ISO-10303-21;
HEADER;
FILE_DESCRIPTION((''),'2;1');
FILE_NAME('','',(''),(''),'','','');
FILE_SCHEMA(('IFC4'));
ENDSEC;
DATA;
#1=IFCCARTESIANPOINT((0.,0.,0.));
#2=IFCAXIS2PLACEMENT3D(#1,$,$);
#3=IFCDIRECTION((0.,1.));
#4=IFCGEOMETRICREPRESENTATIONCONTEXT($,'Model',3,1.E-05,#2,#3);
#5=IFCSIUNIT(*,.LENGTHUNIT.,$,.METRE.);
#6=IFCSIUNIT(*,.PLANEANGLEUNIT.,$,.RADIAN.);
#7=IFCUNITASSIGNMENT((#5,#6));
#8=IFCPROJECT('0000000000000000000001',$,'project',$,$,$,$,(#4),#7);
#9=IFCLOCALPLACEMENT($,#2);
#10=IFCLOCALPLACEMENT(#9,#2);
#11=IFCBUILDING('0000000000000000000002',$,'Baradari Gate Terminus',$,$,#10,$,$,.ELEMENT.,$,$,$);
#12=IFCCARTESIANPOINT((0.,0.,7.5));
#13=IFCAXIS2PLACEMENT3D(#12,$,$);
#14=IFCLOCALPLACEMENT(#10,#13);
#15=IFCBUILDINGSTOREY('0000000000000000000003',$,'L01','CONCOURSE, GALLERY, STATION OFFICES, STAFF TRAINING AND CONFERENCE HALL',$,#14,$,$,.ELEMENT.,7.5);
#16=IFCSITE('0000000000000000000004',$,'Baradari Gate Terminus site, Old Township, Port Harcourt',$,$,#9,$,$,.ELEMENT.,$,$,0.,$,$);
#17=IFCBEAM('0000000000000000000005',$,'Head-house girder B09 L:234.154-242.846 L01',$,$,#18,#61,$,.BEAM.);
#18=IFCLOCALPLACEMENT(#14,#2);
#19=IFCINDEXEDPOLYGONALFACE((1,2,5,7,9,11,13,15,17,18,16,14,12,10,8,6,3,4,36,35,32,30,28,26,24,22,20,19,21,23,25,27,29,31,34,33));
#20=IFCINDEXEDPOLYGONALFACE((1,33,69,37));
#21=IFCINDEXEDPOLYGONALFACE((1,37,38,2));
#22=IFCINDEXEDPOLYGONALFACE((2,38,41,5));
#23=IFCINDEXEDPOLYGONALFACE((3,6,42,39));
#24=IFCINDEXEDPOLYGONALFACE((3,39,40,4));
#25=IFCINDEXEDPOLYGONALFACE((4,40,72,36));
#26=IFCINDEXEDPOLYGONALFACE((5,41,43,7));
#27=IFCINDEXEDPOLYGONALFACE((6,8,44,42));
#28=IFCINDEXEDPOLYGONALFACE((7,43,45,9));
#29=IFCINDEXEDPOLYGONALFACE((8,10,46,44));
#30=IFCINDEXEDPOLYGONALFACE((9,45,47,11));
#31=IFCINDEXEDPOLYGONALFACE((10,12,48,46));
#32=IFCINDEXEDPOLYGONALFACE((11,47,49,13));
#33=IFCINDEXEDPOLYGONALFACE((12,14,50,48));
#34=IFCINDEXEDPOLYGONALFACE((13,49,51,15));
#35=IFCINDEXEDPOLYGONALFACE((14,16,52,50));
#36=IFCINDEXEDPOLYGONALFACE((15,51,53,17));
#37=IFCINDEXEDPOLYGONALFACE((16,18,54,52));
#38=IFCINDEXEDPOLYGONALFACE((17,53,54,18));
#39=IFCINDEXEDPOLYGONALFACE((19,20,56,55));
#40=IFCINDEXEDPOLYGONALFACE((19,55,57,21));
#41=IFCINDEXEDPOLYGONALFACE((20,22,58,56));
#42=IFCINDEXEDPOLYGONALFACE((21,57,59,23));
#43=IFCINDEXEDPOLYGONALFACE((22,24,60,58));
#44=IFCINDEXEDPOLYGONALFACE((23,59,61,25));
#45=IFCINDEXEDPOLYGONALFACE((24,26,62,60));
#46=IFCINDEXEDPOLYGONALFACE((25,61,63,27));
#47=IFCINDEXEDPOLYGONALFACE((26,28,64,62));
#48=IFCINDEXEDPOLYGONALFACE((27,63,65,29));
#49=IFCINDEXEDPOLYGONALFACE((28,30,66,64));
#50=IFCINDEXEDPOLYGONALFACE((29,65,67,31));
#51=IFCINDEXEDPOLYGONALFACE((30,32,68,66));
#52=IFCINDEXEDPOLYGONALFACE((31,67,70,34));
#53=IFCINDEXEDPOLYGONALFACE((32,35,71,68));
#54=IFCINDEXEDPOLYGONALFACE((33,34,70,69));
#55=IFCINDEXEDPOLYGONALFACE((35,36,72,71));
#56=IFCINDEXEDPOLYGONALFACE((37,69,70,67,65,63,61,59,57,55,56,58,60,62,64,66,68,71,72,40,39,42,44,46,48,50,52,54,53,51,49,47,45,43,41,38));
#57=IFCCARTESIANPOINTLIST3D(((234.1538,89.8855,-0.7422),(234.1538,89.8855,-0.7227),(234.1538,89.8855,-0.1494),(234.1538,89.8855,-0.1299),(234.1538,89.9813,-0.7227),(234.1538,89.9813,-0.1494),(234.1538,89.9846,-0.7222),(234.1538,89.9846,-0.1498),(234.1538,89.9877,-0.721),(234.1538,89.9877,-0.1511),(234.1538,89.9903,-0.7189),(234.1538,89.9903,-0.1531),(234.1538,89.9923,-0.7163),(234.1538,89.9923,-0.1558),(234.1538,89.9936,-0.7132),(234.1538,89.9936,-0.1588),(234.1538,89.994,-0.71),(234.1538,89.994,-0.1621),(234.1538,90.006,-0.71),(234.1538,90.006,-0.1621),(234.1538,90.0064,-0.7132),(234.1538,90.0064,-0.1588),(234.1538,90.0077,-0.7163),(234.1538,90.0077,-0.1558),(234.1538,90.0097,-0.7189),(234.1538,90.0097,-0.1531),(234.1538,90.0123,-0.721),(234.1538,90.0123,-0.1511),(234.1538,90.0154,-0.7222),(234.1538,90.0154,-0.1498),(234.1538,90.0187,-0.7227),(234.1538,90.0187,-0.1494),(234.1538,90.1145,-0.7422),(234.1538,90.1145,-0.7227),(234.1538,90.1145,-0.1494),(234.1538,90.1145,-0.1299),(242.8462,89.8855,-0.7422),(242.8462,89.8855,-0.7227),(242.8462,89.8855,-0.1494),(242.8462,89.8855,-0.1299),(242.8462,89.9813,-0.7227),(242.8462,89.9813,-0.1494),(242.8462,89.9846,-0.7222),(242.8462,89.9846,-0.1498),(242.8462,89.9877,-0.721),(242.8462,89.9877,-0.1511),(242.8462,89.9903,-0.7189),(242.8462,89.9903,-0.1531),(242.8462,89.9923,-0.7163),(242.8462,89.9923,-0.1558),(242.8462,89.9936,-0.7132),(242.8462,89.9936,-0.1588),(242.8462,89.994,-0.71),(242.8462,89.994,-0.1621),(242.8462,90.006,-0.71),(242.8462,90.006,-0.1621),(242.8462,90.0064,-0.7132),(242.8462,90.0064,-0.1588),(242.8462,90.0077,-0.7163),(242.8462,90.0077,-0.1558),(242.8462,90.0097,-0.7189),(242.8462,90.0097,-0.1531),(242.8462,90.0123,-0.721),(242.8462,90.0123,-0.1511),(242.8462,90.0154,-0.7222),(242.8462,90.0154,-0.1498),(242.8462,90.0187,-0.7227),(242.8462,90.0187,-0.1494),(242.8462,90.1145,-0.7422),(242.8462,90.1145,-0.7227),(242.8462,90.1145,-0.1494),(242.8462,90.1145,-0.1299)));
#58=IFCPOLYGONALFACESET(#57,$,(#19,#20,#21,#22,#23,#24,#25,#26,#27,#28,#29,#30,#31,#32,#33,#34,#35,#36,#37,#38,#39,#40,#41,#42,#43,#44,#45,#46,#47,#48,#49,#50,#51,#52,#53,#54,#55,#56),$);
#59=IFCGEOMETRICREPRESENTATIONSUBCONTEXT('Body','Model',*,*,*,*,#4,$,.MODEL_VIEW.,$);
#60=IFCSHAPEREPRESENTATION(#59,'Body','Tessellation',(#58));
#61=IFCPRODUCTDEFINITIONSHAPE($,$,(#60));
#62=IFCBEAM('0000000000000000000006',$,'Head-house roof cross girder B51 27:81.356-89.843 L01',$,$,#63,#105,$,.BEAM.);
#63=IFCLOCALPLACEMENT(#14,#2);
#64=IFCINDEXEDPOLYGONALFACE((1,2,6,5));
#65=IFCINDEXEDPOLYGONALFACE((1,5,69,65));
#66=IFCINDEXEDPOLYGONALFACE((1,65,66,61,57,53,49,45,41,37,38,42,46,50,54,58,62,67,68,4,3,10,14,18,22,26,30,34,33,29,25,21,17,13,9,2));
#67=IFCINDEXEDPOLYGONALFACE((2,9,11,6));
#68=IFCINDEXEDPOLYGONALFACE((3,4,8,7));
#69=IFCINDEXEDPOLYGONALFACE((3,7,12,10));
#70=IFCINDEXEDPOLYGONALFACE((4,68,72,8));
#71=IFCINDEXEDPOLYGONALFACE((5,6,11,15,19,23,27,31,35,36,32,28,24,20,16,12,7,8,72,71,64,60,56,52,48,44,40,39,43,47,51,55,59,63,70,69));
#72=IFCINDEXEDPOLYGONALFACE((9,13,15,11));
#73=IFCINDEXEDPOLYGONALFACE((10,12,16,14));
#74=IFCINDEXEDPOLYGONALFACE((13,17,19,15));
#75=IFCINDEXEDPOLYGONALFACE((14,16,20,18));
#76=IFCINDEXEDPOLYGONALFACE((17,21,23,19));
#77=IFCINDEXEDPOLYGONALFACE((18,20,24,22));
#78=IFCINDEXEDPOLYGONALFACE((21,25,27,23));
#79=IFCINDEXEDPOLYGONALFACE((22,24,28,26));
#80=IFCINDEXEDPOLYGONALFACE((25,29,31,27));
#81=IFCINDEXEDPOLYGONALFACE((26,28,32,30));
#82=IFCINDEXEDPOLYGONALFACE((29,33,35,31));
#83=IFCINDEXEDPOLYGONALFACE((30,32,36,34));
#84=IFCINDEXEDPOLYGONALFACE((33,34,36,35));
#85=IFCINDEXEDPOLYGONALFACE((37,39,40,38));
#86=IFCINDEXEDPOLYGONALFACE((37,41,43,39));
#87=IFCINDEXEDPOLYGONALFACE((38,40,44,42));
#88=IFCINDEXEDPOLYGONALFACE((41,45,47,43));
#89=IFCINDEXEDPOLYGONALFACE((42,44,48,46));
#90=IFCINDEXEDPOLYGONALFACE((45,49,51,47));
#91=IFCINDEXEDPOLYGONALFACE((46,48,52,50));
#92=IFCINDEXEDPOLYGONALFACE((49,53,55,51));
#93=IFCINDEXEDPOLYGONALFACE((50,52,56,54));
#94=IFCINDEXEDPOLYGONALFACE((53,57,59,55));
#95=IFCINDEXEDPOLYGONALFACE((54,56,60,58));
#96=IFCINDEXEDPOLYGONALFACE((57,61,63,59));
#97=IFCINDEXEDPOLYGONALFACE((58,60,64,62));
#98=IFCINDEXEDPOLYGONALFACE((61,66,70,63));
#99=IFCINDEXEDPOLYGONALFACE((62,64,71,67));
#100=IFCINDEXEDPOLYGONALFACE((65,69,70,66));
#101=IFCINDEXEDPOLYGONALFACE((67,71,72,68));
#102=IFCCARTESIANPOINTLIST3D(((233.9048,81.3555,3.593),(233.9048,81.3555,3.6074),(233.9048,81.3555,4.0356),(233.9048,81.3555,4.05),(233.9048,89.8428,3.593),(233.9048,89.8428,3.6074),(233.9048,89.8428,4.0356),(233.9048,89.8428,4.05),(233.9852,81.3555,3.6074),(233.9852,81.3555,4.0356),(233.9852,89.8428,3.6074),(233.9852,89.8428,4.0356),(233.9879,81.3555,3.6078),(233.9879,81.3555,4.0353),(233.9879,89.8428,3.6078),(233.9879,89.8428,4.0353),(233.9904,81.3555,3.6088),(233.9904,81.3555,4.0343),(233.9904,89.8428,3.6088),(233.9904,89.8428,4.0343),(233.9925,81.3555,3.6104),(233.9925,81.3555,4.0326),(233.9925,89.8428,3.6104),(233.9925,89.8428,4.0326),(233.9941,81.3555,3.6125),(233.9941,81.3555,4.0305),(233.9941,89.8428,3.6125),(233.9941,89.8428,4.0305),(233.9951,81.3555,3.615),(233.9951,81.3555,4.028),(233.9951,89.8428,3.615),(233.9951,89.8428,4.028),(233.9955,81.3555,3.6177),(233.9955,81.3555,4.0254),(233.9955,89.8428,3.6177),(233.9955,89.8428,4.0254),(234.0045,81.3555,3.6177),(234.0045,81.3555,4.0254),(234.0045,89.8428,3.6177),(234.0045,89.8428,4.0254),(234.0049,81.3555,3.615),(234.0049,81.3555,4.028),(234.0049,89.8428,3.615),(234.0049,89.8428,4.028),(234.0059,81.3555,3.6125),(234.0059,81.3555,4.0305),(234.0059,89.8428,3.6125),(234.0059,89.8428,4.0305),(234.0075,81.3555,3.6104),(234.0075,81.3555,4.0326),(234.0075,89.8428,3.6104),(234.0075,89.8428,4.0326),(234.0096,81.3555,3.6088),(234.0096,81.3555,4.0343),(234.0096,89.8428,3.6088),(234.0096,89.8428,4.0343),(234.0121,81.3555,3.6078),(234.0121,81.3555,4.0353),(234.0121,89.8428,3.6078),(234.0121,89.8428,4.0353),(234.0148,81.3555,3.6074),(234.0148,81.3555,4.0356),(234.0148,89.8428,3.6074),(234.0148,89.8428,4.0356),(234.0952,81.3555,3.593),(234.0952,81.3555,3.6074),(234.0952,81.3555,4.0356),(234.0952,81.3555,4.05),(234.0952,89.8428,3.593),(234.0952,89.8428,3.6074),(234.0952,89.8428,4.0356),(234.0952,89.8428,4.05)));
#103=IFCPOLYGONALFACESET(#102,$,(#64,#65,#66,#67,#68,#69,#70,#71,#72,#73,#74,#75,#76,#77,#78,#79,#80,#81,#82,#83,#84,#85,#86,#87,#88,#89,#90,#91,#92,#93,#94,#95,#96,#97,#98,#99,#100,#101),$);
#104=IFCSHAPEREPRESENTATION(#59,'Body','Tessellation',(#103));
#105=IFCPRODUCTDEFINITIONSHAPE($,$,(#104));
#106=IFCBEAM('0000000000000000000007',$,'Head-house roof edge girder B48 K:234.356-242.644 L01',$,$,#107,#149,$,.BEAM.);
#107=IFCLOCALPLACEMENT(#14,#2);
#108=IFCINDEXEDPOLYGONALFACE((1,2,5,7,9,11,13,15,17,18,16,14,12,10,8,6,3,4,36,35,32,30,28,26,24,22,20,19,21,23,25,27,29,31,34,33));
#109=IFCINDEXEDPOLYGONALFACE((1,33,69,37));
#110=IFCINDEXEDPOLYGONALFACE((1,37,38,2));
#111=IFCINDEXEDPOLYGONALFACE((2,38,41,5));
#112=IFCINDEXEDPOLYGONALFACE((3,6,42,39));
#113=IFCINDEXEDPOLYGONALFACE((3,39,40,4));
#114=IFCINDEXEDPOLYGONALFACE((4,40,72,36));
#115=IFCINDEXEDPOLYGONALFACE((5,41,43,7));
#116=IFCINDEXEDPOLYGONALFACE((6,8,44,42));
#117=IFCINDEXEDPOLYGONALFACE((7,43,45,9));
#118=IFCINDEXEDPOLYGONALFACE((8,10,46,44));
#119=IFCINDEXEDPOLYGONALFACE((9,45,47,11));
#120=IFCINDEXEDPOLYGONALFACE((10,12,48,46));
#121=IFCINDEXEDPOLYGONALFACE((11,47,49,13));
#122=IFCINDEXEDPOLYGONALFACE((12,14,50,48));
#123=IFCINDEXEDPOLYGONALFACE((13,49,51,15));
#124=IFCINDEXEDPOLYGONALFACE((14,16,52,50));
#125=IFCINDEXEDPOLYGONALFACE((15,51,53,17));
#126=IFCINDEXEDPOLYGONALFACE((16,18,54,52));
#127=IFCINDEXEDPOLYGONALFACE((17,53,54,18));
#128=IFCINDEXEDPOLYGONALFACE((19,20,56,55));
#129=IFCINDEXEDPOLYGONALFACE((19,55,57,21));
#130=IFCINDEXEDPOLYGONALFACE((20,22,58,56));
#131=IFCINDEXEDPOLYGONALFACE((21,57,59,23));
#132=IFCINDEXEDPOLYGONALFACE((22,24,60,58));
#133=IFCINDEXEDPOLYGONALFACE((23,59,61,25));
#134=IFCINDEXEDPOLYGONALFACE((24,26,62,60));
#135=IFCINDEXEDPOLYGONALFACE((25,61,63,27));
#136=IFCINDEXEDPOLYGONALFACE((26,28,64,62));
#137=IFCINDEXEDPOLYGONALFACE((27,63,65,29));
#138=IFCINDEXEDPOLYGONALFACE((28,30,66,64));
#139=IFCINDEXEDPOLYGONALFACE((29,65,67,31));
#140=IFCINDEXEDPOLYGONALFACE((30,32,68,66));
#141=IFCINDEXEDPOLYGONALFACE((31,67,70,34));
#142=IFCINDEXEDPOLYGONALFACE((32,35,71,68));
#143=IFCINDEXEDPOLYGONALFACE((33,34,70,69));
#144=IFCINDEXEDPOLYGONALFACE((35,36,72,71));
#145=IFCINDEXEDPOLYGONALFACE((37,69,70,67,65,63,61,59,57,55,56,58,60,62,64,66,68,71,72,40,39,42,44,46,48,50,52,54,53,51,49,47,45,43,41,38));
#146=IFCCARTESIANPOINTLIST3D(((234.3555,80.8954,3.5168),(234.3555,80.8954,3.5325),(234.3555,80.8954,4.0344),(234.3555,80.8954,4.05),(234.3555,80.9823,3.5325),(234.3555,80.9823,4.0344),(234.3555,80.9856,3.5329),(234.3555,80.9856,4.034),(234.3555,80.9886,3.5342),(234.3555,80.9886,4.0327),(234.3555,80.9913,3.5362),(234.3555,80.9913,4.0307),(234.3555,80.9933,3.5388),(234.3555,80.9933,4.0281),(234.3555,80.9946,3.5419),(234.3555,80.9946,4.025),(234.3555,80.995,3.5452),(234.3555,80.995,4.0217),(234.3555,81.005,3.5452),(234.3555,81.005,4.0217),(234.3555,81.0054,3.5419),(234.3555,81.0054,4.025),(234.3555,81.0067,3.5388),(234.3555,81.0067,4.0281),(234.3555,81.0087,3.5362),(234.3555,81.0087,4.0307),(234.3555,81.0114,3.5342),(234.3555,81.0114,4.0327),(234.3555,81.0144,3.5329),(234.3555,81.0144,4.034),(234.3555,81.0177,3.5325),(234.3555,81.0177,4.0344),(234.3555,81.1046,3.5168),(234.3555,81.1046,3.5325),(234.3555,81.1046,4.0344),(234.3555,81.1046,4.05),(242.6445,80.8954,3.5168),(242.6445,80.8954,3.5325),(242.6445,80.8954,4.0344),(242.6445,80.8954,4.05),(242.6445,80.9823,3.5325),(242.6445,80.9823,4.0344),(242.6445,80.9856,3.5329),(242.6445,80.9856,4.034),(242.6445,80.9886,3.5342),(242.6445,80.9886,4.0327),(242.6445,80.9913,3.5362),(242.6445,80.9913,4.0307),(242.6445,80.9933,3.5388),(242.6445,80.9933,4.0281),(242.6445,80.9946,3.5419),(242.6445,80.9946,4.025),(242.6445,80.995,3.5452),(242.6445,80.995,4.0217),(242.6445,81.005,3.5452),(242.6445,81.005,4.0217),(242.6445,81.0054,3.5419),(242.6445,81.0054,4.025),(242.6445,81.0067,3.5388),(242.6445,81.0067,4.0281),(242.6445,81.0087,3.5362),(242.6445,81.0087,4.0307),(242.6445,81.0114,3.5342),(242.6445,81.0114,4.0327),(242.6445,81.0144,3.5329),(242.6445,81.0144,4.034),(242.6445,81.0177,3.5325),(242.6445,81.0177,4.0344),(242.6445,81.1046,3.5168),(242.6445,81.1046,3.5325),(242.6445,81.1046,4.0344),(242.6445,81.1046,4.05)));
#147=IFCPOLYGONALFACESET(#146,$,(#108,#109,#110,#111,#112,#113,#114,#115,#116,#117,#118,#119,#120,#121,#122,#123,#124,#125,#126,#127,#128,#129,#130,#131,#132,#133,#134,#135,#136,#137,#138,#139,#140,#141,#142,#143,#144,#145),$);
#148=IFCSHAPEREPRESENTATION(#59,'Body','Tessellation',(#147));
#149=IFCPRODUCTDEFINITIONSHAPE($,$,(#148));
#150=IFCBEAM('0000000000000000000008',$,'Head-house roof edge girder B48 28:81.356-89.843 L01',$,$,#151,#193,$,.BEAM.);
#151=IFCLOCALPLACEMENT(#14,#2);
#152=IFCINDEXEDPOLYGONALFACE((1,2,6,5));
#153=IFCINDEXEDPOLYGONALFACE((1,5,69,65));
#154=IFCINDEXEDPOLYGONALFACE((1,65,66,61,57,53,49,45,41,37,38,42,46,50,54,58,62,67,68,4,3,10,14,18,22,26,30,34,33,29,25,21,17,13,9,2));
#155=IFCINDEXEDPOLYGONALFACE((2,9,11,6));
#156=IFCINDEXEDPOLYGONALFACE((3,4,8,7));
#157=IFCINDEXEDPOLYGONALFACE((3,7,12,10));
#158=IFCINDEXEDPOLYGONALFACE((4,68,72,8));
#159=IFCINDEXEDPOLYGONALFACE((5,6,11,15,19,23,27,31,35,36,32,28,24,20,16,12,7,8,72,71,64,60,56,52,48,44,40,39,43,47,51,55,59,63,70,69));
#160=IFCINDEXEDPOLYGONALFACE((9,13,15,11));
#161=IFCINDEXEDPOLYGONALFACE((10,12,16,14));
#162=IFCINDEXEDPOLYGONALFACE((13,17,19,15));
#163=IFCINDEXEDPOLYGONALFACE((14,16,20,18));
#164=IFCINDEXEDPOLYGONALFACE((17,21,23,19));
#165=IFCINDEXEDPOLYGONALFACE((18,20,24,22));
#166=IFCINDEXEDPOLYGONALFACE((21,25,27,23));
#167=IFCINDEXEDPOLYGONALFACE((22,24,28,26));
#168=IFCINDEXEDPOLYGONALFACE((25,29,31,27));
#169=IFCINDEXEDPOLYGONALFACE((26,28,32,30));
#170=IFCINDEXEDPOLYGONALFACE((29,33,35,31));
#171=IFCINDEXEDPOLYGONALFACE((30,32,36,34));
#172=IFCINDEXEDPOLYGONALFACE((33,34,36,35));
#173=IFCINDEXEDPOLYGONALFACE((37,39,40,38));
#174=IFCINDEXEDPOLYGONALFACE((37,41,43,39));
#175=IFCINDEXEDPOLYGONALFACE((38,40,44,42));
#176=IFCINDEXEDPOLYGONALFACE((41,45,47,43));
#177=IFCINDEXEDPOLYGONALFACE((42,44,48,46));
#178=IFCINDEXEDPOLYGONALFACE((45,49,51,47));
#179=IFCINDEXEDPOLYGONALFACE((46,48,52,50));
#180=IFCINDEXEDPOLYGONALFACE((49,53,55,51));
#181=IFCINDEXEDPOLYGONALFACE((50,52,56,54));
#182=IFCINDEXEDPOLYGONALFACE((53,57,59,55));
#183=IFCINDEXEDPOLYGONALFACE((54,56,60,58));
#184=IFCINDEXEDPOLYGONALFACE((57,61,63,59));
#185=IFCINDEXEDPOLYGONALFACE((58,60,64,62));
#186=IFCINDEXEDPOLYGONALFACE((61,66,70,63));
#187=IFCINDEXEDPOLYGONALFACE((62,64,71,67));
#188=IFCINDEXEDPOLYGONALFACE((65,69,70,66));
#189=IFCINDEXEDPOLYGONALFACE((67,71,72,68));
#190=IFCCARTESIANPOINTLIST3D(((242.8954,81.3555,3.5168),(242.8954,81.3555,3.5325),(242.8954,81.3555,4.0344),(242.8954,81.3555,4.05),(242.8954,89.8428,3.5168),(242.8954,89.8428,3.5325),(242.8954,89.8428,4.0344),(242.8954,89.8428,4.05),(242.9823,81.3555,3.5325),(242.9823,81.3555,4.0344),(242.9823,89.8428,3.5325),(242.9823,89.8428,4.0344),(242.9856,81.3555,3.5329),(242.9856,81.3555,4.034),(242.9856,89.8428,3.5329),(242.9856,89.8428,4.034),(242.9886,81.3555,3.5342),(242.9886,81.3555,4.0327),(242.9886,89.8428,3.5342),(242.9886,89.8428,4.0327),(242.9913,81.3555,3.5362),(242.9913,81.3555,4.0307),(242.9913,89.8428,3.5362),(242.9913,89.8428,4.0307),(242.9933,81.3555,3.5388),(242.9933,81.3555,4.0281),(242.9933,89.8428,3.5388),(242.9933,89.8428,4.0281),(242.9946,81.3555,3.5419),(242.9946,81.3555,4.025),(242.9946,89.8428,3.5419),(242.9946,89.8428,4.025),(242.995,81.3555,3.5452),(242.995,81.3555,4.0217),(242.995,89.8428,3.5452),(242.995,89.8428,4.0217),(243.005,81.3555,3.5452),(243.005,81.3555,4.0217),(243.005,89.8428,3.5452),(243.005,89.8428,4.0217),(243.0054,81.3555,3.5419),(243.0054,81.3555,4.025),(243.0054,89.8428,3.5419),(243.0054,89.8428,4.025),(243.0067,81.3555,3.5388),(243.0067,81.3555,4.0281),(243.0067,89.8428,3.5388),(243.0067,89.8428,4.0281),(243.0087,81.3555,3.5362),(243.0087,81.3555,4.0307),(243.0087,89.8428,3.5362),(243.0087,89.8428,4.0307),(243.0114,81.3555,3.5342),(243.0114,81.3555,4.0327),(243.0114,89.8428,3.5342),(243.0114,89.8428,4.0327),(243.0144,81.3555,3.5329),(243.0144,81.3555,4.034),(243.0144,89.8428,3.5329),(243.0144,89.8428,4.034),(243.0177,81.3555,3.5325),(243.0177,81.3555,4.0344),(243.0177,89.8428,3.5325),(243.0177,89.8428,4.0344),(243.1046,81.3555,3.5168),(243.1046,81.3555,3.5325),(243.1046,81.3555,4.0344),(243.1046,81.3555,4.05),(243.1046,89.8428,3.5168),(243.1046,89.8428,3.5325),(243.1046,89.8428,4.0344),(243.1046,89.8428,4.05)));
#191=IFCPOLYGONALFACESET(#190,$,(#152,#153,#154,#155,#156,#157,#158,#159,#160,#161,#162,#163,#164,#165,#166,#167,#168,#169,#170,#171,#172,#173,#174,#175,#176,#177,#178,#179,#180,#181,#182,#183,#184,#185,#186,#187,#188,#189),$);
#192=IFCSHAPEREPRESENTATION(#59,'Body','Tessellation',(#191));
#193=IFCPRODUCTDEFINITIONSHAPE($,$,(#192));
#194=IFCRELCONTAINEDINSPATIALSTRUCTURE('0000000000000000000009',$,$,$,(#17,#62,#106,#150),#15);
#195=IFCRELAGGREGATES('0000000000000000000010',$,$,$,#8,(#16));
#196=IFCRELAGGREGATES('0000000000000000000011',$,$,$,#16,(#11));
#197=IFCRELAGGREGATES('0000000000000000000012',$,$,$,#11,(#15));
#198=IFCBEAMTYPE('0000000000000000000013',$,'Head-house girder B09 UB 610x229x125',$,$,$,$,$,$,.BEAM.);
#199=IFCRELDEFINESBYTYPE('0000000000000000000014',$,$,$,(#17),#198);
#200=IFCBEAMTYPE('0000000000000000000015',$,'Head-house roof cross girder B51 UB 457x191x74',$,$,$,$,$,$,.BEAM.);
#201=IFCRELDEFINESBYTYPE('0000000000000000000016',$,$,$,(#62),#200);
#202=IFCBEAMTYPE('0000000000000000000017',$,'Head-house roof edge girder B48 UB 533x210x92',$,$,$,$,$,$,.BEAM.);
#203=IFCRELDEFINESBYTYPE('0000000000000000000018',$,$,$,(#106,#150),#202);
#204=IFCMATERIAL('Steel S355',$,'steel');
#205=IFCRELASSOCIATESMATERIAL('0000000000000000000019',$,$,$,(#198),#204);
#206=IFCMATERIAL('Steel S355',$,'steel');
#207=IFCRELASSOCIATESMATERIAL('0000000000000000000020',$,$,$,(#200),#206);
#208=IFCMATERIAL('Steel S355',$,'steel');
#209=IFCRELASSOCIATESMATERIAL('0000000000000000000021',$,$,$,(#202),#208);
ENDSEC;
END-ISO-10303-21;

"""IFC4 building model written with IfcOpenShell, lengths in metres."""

from ifc_helpers import new_model, si_unit, direction, frame, origin, origin_2d, place, context, subcontext, project, spatial, i_section, extrude, material, material_profile, profile_set, type_object, element, save


model = new_model("IFC4")

# Units and contexts
model_context = context("Model", 3, precision=1e-05, world=origin(), true_north=direction((0.0, 1.0)))
body_context = subcontext(model_context, "Body", "Model", "MODEL_VIEW")
ifc_project = project(units=[si_unit("LENGTHUNIT", "METRE"), si_unit("PLANEANGLEUNIT", "RADIAN")], contexts=[model_context])

# Site, building, storey
site_placement = place(None, origin())
site = spatial("IfcSite", under=ifc_project, at=site_placement, Name="Baradari Gate Terminus site, Old Township, Port Harcourt", CompositionType="ELEMENT", RefElevation=0.0)
building_placement = place(site_placement, origin())
building = spatial("IfcBuilding", under=site, at=building_placement, Name="Baradari Gate Terminus", CompositionType="ELEMENT")
storey_placement = place(building_placement, frame((0.0, 0.0, 7.5)))
storey = spatial("IfcBuildingStorey", under=building, at=storey_placement, Name="L01", Description="CONCOURSE, GALLERY, STATION OFFICES, STAFF TRAINING AND CONFERENCE HALL", CompositionType="ELEMENT", Elevation=7.5)

# Beams
ifc_material_1 = material(Name="Steel S355", Category="steel")
ifc_material_profile_1 = material_profile(ifc_material_1, i_section(OverallWidth=0.229, OverallDepth=0.6123, WebThickness=0.012, FlangeThickness=0.0195, FilletRadius=0.0127, at=origin_2d()), Name="UB 610x229x125")
ifc_profile_set_1 = profile_set([ifc_material_profile_1], Name="Steel S355")
beam_type_1 = type_object("IfcBeamType", Name="Head-house girder B09 UB 610x229x125", PredefinedType="BEAM", material=ifc_profile_set_1)
beam_1_placement = place(storey_placement, frame((234.1538, 90.0, -0.436), z_axis=(1.0, 0.0, 0.0), x_axis=(0.0, 1.0, 0.0)))
element("IfcBeam", 1, at=beam_1_placement, inside=storey, type_object=beam_type_1, Name="Head-house girder B09 L:234.154-242.846 L01", PredefinedType="BEAM", context=body_context, shape_type="SweptSolid", body=[
    extrude(i_section(OverallWidth=0.229, OverallDepth=0.6123, WebThickness=0.012, FlangeThickness=0.0195, FilletRadius=0.0127, at=origin_2d()), origin(), (0.0, 0.0, 1.0), 8.6924),
])
ifc_material_2 = material(Name="Steel S355", Category="steel")
ifc_material_profile_2 = material_profile(ifc_material_2, i_section(OverallWidth=0.1904, OverallDepth=0.457, WebThickness=0.009, FlangeThickness=0.0144, FilletRadius=0.0103, at=origin_2d()), Name="UB 457x191x74")
ifc_profile_set_2 = profile_set([ifc_material_profile_2], Name="Steel S355")
beam_type_2 = type_object("IfcBeamType", Name="Head-house roof cross girder B51 UB 457x191x74", PredefinedType="BEAM", material=ifc_profile_set_2)
beam_2_placement = place(storey_placement, frame((234.0, 81.3555, 3.8215), z_axis=(0.0, 1.0, 0.0), x_axis=(-1.0, 0.0, 0.0)))
element("IfcBeam", 2, at=beam_2_placement, inside=storey, type_object=beam_type_2, Name="Head-house roof cross girder B51 27:81.356-89.843 L01", PredefinedType="BEAM", context=body_context, shape_type="SweptSolid", body=[
    extrude(i_section(OverallWidth=0.1904, OverallDepth=0.457, WebThickness=0.009, FlangeThickness=0.0144, FilletRadius=0.0103, at=origin_2d()), origin(), (0.0, 0.0, 1.0), 8.4873),
])
ifc_material_3 = material(Name="Steel S355", Category="steel")
ifc_material_profile_3 = material_profile(ifc_material_3, i_section(OverallWidth=0.2092, OverallDepth=0.5332, WebThickness=0.01, FlangeThickness=0.0156, FilletRadius=0.0127, at=origin_2d()), Name="UB 533x210x92")
ifc_profile_set_3 = profile_set([ifc_material_profile_3], Name="Steel S355")
beam_type_3 = type_object("IfcBeamType", Name="Head-house roof edge girder B48 UB 533x210x92", PredefinedType="BEAM", material=ifc_profile_set_3)
beam_3_placement = place(storey_placement, frame((234.3555, 81.0, 3.7834), z_axis=(1.0, 0.0, 0.0), x_axis=(0.0, 1.0, 0.0)))
element("IfcBeam", 3, at=beam_3_placement, inside=storey, type_object=beam_type_3, Name="Head-house roof edge girder B48 K:234.356-242.644 L01", PredefinedType="BEAM", context=body_context, shape_type="SweptSolid", body=[
    extrude(i_section(OverallWidth=0.2092, OverallDepth=0.5332, WebThickness=0.01, FlangeThickness=0.0156, FilletRadius=0.0127, at=origin_2d()), origin(), (0.0, 0.0, 1.0), 8.2891),
])
beam_4_placement = place(storey_placement, frame((243.0, 81.3555, 3.7834), z_axis=(0.0, 1.0, 0.0), x_axis=(-1.0, 0.0, 0.0)))
element("IfcBeam", 4, at=beam_4_placement, inside=storey, type_object=beam_type_3, Name="Head-house roof edge girder B48 28:81.356-89.843 L01", PredefinedType="BEAM", context=body_context, shape_type="SweptSolid", body=[
    extrude(i_section(OverallWidth=0.2092, OverallDepth=0.5332, WebThickness=0.01, FlangeThickness=0.0156, FilletRadius=0.0127, at=origin_2d()), origin(), (0.0, 0.0, 1.0), 8.4873),
])

save(model, "model.ifc")
